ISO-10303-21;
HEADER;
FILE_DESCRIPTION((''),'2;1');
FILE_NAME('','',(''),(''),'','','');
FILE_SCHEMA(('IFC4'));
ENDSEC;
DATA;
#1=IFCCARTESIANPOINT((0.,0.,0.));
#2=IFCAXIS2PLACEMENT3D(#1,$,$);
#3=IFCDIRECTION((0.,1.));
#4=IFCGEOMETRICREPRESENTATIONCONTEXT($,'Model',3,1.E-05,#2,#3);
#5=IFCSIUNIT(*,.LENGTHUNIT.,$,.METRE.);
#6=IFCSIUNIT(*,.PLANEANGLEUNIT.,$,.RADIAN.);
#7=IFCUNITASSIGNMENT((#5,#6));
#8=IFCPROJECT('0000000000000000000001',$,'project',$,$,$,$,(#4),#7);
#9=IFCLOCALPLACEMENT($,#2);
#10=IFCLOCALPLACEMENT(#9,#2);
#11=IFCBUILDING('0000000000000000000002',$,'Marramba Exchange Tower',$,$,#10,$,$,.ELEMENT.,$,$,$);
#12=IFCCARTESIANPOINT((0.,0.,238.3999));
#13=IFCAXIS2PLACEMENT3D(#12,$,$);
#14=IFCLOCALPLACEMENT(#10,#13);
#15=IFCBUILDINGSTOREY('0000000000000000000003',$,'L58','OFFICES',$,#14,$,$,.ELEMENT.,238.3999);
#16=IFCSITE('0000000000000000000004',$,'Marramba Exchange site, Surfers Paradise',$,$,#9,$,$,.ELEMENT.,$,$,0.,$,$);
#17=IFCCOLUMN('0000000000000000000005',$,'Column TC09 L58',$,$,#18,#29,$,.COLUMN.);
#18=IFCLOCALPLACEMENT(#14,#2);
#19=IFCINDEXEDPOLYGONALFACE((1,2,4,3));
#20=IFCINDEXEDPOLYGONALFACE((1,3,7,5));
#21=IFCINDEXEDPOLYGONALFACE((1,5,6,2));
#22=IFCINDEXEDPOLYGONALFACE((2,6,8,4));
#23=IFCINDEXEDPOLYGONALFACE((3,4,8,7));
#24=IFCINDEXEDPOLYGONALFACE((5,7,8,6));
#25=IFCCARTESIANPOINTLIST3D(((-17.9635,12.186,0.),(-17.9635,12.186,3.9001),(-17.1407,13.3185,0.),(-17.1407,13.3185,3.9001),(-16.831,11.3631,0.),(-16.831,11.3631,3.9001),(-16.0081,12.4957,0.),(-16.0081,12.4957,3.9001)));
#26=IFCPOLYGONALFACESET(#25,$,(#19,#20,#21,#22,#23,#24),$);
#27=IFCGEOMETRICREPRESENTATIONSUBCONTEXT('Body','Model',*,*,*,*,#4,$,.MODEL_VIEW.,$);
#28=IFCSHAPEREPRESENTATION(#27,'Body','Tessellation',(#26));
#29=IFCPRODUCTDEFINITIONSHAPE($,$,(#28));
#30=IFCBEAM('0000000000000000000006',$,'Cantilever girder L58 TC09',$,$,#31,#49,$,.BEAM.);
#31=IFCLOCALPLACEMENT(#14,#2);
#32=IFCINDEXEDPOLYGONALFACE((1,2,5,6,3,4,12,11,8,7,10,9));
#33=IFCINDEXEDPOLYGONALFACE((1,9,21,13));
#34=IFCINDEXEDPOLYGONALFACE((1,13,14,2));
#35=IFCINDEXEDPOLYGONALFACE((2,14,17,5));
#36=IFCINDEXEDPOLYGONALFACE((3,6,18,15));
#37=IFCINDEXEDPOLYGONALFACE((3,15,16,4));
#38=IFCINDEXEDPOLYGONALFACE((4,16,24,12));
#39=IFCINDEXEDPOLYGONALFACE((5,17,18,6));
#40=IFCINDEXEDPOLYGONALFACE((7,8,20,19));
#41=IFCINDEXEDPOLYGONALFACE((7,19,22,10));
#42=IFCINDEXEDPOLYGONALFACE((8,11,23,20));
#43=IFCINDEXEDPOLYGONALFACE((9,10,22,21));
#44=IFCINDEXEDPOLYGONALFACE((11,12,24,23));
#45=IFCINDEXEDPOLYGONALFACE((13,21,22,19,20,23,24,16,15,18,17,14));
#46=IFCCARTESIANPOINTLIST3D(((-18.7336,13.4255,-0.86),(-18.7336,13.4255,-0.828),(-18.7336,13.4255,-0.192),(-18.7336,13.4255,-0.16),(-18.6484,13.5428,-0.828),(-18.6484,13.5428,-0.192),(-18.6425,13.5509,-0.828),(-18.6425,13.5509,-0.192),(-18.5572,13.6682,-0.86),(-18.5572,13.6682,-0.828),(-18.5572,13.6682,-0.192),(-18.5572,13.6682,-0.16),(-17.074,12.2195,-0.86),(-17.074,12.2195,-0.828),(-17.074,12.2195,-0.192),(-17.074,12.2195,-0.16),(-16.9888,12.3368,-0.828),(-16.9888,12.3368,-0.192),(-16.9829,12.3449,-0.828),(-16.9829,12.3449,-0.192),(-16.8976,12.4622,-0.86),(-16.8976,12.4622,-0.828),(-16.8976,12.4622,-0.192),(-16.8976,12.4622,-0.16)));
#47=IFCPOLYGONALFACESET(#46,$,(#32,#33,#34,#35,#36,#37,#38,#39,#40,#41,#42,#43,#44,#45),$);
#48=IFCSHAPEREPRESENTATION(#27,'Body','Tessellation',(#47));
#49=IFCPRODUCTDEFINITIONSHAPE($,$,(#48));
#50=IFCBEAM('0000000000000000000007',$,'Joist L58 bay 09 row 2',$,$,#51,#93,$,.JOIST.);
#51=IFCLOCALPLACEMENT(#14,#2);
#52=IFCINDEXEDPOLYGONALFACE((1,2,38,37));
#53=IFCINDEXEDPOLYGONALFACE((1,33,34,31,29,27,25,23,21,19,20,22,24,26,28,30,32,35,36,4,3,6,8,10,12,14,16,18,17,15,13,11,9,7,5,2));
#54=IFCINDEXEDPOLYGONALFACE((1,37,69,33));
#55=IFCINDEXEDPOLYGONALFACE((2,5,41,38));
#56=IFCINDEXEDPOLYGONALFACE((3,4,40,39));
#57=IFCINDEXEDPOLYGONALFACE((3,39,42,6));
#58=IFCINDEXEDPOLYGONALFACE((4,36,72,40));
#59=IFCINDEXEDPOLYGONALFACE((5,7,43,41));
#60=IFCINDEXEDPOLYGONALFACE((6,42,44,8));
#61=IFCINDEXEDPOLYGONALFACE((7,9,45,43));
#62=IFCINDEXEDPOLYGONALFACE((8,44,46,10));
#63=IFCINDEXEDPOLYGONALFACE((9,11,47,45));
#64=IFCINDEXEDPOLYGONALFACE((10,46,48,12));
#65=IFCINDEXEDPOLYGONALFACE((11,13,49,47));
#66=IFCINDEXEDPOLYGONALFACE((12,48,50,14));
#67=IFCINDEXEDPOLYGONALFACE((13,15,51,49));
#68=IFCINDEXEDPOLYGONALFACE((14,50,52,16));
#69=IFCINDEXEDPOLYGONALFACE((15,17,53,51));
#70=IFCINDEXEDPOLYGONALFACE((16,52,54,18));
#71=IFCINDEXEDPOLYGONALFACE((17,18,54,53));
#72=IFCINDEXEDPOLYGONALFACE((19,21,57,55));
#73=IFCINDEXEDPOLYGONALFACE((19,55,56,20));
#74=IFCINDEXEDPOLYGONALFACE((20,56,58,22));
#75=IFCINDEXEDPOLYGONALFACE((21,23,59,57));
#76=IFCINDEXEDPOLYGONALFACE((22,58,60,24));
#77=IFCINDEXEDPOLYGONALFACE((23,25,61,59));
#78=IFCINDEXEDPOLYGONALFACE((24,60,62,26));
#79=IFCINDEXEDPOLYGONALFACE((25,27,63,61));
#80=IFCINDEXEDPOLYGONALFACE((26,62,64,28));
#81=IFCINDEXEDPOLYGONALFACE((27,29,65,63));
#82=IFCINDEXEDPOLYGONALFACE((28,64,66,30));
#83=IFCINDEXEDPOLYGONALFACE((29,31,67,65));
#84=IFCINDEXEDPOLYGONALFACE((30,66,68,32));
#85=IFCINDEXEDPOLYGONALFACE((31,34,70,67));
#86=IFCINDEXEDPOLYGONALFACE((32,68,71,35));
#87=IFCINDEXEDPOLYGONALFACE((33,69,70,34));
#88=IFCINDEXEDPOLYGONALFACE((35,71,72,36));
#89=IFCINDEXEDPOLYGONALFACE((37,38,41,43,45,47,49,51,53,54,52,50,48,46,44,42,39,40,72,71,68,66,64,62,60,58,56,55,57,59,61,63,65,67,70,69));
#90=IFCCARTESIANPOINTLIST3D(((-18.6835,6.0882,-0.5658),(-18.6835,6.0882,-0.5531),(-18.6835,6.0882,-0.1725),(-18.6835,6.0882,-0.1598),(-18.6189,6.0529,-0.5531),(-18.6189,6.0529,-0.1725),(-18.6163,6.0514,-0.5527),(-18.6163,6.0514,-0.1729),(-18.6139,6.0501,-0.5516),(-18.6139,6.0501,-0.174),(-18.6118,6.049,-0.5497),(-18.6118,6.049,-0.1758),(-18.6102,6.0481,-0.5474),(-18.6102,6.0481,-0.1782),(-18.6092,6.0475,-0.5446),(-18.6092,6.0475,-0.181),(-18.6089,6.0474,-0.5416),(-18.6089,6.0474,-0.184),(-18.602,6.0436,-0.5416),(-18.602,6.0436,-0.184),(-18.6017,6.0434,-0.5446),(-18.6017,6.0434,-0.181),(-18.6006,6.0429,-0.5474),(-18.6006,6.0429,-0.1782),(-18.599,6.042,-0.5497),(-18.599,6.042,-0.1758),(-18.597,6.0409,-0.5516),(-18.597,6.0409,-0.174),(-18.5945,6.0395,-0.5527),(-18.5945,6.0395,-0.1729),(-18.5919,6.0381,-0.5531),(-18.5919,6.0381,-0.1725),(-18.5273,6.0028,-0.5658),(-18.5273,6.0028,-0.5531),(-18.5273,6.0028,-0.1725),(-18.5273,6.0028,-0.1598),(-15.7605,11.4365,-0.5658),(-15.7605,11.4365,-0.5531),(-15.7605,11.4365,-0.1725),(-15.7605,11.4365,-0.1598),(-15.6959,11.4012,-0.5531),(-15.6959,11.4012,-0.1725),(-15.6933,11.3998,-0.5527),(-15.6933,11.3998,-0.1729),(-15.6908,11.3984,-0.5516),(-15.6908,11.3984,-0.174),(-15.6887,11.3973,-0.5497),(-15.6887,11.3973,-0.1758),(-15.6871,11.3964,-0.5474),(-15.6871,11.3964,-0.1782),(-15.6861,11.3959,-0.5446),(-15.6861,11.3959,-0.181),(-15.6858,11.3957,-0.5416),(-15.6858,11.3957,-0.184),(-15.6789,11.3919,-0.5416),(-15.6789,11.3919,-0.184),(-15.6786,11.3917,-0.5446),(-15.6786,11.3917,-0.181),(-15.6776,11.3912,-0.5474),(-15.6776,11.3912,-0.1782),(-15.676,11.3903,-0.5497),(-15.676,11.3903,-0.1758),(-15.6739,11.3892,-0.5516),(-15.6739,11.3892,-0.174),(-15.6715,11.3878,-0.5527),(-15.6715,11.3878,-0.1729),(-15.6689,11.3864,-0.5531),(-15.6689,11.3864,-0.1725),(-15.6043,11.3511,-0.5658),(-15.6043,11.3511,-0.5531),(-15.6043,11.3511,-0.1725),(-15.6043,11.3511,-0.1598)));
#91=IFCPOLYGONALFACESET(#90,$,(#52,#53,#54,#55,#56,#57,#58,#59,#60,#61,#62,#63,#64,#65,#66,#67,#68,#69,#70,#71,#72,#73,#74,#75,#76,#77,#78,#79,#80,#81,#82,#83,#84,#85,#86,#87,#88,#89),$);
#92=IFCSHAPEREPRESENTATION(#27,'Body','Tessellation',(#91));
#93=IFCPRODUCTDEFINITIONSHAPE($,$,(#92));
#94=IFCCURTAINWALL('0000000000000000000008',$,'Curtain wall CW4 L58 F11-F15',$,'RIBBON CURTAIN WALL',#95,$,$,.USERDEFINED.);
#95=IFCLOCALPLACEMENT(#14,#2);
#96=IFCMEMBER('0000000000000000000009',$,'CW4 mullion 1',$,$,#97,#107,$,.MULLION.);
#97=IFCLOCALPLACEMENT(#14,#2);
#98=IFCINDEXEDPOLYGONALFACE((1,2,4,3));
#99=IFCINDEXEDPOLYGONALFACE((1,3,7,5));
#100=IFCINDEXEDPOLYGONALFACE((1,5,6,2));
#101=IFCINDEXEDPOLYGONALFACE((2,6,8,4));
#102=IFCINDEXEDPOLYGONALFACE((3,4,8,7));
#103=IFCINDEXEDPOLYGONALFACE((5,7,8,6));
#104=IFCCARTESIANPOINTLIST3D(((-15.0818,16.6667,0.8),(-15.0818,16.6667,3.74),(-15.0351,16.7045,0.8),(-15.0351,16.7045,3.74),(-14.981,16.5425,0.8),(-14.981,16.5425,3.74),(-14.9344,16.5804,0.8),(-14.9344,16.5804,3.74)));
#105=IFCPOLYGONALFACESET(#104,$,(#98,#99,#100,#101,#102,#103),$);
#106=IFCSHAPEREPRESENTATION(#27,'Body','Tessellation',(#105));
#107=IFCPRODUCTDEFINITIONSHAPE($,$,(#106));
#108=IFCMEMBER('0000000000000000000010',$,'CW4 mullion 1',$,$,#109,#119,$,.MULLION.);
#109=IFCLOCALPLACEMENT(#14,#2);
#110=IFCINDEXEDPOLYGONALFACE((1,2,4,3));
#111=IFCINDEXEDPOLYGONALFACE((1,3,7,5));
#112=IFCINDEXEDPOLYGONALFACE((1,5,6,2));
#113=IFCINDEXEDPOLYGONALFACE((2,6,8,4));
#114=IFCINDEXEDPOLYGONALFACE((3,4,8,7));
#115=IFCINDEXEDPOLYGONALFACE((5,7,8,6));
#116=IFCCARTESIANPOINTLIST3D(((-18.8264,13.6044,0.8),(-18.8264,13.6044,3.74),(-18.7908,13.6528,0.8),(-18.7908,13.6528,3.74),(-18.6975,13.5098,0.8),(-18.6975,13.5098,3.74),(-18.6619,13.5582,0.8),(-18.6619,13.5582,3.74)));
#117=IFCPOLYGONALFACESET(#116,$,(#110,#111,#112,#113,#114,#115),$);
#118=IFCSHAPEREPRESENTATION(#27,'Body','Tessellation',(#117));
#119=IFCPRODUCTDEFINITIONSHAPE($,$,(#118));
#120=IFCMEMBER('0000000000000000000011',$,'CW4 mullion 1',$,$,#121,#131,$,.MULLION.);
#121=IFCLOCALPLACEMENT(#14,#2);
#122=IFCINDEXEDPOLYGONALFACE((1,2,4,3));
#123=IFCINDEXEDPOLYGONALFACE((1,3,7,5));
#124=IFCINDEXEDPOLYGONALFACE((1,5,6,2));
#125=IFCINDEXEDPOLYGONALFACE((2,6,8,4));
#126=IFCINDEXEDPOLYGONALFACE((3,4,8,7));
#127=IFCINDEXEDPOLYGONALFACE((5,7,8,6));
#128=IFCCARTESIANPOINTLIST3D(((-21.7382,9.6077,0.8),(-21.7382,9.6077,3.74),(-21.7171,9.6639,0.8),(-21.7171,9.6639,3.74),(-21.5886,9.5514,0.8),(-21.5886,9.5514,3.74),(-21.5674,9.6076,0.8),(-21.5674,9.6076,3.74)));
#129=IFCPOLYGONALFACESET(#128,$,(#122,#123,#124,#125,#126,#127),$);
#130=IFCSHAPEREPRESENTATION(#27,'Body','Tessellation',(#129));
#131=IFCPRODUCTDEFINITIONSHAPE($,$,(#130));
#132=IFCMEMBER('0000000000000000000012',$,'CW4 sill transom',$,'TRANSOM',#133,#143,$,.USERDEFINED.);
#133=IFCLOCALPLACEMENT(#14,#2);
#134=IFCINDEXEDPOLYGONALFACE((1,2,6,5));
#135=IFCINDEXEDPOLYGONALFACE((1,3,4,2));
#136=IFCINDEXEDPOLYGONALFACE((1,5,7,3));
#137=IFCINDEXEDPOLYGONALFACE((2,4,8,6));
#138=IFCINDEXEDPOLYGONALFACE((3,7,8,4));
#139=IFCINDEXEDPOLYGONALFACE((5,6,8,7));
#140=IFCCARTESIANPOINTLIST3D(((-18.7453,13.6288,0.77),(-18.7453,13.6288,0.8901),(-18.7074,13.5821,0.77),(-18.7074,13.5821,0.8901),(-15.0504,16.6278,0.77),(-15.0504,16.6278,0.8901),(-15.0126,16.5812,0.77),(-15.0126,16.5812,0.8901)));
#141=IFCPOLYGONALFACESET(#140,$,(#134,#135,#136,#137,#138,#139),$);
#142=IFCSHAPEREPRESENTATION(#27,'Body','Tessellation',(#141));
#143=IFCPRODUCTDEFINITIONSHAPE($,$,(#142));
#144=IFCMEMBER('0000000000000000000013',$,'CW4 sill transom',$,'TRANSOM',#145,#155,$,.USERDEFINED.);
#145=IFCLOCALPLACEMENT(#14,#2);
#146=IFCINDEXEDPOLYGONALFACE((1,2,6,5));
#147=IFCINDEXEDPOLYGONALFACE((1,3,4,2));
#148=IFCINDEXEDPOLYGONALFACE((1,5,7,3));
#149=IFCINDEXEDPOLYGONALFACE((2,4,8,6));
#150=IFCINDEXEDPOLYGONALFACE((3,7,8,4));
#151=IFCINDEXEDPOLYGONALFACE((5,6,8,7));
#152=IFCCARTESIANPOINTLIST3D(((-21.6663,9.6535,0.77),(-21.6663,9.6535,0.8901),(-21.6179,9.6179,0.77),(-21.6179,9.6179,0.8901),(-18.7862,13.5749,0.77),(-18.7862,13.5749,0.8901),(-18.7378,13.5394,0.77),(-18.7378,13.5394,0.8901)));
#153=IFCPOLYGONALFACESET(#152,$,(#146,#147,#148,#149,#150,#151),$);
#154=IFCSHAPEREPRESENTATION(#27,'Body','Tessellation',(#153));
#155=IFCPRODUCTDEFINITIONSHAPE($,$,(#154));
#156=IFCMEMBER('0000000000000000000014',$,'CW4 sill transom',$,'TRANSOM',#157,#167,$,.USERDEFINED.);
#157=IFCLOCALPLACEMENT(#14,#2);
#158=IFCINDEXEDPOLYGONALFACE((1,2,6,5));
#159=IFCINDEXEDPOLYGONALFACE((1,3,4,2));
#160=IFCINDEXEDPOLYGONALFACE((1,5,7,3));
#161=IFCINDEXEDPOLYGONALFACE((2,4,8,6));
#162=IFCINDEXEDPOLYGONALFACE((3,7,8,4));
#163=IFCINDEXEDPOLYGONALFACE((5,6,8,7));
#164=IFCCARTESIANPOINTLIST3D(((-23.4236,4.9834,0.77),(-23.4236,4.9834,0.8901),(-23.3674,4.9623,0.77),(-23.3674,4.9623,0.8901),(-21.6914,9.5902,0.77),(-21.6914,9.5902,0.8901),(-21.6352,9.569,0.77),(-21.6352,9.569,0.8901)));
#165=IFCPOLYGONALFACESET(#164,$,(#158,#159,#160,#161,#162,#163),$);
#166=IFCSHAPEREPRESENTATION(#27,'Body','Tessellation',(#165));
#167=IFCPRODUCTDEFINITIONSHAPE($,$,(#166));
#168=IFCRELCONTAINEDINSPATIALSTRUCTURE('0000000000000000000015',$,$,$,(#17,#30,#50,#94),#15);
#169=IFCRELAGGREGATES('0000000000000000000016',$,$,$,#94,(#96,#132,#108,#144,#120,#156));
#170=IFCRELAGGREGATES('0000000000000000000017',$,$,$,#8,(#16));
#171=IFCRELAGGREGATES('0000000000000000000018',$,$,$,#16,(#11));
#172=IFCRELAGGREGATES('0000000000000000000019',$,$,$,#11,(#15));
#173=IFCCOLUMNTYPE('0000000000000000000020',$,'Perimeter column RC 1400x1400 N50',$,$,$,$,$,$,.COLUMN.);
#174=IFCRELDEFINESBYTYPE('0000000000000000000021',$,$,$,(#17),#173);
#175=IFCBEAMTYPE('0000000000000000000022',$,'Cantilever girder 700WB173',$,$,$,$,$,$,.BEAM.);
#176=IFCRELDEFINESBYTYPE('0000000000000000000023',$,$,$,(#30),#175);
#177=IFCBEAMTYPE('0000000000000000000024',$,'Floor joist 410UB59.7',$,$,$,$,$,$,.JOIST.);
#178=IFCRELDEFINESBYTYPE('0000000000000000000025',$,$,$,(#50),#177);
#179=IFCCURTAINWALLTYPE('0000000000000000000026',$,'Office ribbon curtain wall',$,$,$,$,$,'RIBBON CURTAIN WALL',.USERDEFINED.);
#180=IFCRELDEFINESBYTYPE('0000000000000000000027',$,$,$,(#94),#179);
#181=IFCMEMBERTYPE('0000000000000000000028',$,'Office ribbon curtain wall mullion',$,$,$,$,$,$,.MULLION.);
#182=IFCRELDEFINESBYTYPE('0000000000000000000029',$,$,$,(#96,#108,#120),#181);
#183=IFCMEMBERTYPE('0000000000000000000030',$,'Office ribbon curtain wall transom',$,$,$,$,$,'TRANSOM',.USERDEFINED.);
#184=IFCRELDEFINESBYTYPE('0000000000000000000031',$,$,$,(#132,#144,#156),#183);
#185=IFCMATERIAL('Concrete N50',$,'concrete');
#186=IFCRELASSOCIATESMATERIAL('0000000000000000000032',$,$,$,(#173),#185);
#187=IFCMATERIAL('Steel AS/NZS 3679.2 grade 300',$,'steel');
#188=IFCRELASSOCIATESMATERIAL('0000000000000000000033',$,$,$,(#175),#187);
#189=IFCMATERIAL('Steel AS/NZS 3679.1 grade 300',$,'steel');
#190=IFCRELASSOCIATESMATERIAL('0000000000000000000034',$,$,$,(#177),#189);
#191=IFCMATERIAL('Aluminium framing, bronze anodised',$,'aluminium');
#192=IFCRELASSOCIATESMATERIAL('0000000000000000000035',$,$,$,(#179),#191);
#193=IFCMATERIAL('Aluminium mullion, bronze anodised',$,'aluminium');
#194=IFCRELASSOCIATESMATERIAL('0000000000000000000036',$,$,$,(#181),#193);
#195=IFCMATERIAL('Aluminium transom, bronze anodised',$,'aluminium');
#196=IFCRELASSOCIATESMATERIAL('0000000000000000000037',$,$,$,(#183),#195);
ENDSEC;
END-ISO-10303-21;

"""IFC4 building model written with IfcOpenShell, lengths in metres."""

from ifc_helpers import new_model, si_unit, direction, frame, origin, origin_2d, place, context, subcontext, project, spatial, rectangle, i_section, extrude, material, material_profile, profile_set, type_object, element, aggregate, save


model = new_model("IFC4")

# Units and contexts
model_context = context("Model", 3, precision=1e-05, world=origin(), true_north=direction((0.0, 1.0)))
body_context = subcontext(model_context, "Body", "Model", "MODEL_VIEW")
ifc_project = project(units=[si_unit("LENGTHUNIT", "METRE"), si_unit("PLANEANGLEUNIT", "RADIAN")], contexts=[model_context])

# Site, building, storey
site_placement = place(None, origin())
site = spatial("IfcSite", under=ifc_project, at=site_placement, Name="Marramba Exchange site, Surfers Paradise", CompositionType="ELEMENT", RefElevation=0.0)
building_placement = place(site_placement, origin())
building = spatial("IfcBuilding", under=site, at=building_placement, Name="Marramba Exchange Tower", CompositionType="ELEMENT")
storey_placement = place(building_placement, frame((0.0, 0.0, 238.3999)))
storey = spatial("IfcBuildingStorey", under=building, at=storey_placement, Name="L58", Description="OFFICES", CompositionType="ELEMENT", Elevation=238.3999)

# Column
ifc_material_1 = material(Name="Concrete N50", Category="concrete")
ifc_material_profile_1 = material_profile(ifc_material_1, rectangle(XDim=1.3999, YDim=1.3999, at=origin_2d()), Name="RC 1400x1400")
ifc_profile_set_1 = profile_set([ifc_material_profile_1], Name="Concrete N50")
column_type = type_object("IfcColumnType", Name="Perimeter column RC 1400x1400 N50", PredefinedType="COLUMN", material=ifc_profile_set_1)
column_placement = place(storey_placement, frame((-16.9858, 12.3408, 0.0), z_axis=(0.0, 0.0, 1.0), x_axis=(-0.809017, 0.587785, 0.0)))
element("IfcColumn", 1, at=column_placement, inside=storey, type_object=column_type, Name="Column TC09 L58", PredefinedType="COLUMN", context=body_context, shape_type="SweptSolid", body=[
    extrude(rectangle(XDim=1.3999, YDim=1.3999, at=origin_2d()), origin(), (0.0, 0.0, 1.0), 3.9001),
])

# Beams
ifc_material_2 = material(Name="Steel AS/NZS 3679.2 grade 300", Category="steel")
ifc_material_profile_2 = material_profile(ifc_material_2, i_section(OverallWidth=0.3, OverallDepth=0.7, WebThickness=0.01, FlangeThickness=0.032, at=origin_2d()), Name="700WB173")
ifc_profile_set_2 = profile_set([ifc_material_profile_2], Name="Steel AS/NZS 3679.2 grade 300")
beam_type_1 = type_object("IfcBeamType", Name="Cantilever girder 700WB173", PredefinedType="BEAM", material=ifc_profile_set_2)
beam_1_placement = place(storey_placement, frame((-16.9858, 12.3408, -0.51), z_axis=(-0.808962, 0.58786, 0.0), x_axis=(-0.58786, -0.808962, 0.0)))
element("IfcBeam", 2, at=beam_1_placement, inside=storey, type_object=beam_type_1, Name="Cantilever girder L58 TC09", PredefinedType="BEAM", context=body_context, shape_type="SweptSolid", body=[
    extrude(i_section(OverallWidth=0.3, OverallDepth=0.7, WebThickness=0.01, FlangeThickness=0.032, at=origin_2d()), origin(), (0.0, 0.0, 1.0), 2.0515),
])
ifc_material_3 = material(Name="Steel AS/NZS 3679.1 grade 300", Category="steel")
ifc_material_profile_3 = material_profile(ifc_material_3, i_section(OverallWidth=0.178, OverallDepth=0.406, WebThickness=0.0078, FlangeThickness=0.0127, FilletRadius=0.0115, at=origin_2d()), Name="410UB59.7")
ifc_profile_set_3 = profile_set([ifc_material_profile_3], Name="Steel AS/NZS 3679.1 grade 300")
beam_type_2 = type_object("IfcBeamType", Name="Floor joist 410UB59.7", PredefinedType="JOIST", material=ifc_profile_set_3)
beam_2_placement = place(storey_placement, frame((-15.6824, 11.3938, -0.3628), z_axis=(-0.479584, -0.877496, 0.0), x_axis=(0.877496, -0.479584, 0.0)))
element("IfcBeam", 3, at=beam_2_placement, inside=storey, type_object=beam_type_2, Name="Joist L58 bay 09 row 2", PredefinedType="JOIST", context=body_context, shape_type="SweptSolid", body=[
    extrude(i_section(OverallWidth=0.178, OverallDepth=0.406, WebThickness=0.0078, FlangeThickness=0.0127, FilletRadius=0.0115, at=origin_2d()), origin(), (0.0, 0.0, 1.0), 6.095),
])

# Curtain wall, members
ifc_material_4 = material(Name="Aluminium framing, bronze anodised", Category="aluminium")
curtain_wall_type = type_object("IfcCurtainWallType", Name="Office ribbon curtain wall", ElementType="RIBBON CURTAIN WALL", PredefinedType="USERDEFINED", material=ifc_material_4)
curtain_wall_placement = place(storey_placement, origin())
curtain_wall = element("IfcCurtainWall", 4, at=curtain_wall_placement, inside=storey, type_object=curtain_wall_type, Name="Curtain wall CW4 L58 F11-F15", ObjectType="RIBBON CURTAIN WALL", PredefinedType="USERDEFINED")
ifc_material_5 = material(Name="Aluminium mullion, bronze anodised", Category="aluminium")
ifc_material_profile_4 = material_profile(ifc_material_5, rectangle(XDim=0.1599, YDim=0.0601, at=origin_2d()), Name="CW4 mullion 60x160")
ifc_profile_set_4 = profile_set([ifc_material_profile_4], Name="Aluminium mullion, bronze anodised")
member_type_1 = type_object("IfcMemberType", Name="Office ribbon curtain wall mullion", PredefinedType="MULLION", material=ifc_profile_set_4)
member_1_placement = place(storey_placement, frame((-15.0081, 16.6235, 0.8), z_axis=(0.0, 0.0, 1.0), x_axis=(0.630201, -0.776432, 0.0)))
member_1 = element("IfcMember", 5, at=member_1_placement, type_object=member_type_1, Name="CW4 mullion 1", PredefinedType="MULLION", context=body_context, shape_type="SweptSolid", body=[
    extrude(rectangle(XDim=0.1599, YDim=0.0601, at=origin_2d()), origin(), (0.0, 0.0, 1.0), 2.9399),
])
member_2_placement = place(storey_placement, frame((-18.7441, 13.5813, 0.8), z_axis=(0.0, 0.0, 1.0), x_axis=(0.805965, -0.591963, 0.0)))
member_2 = element("IfcMember", 6, at=member_2_placement, type_object=member_type_1, Name="CW4 mullion 1", PredefinedType="MULLION", context=body_context, shape_type="SweptSolid", body=[
    extrude(rectangle(XDim=0.1599, YDim=0.0601, at=origin_2d()), origin(), (0.0, 0.0, 1.0), 2.9399),
])
member_3_placement = place(storey_placement, frame((-21.6528, 9.6077, 0.8), z_axis=(0.0, 0.0, 1.0), x_axis=(0.936018, -0.351952, 0.0)))
member_3 = element("IfcMember", 7, at=member_3_placement, type_object=member_type_1, Name="CW4 mullion 1", PredefinedType="MULLION", context=body_context, shape_type="SweptSolid", body=[
    extrude(rectangle(XDim=0.1599, YDim=0.0601, at=origin_2d()), origin(), (0.0, 0.0, 1.0), 2.9399),
])
ifc_material_6 = material(Name="Aluminium transom, bronze anodised", Category="aluminium")
ifc_material_profile_5 = material_profile(ifc_material_6, rectangle(XDim=0.0601, YDim=0.1201, at=origin_2d()), Name="CW4 transom 60x120")
ifc_profile_set_5 = profile_set([ifc_material_profile_5], Name="Aluminium transom, bronze anodised")
member_type_2 = type_object("IfcMemberType", Name="Office ribbon curtain wall transom", ElementType="TRANSOM", PredefinedType="USERDEFINED", material=ifc_profile_set_5)
member_4_placement = place(storey_placement, frame((-15.0315, 16.6045, 0.8301), z_axis=(-0.776425, -0.63021, 0.0), x_axis=(0.63021, -0.776425, 0.0)))
member_4 = element("IfcMember", 8, at=member_4_placement, type_object=member_type_2, Name="CW4 sill transom", ObjectType="TRANSOM", PredefinedType="USERDEFINED", context=body_context, shape_type="SweptSolid", body=[
    extrude(rectangle(XDim=0.0601, YDim=0.1201, at=origin_2d()), origin(), (0.0, 0.0, 1.0), 4.7588),
])
member_5_placement = place(storey_placement, frame((-18.762, 13.5571, 0.8301), z_axis=(-0.591957, -0.805969, 0.0), x_axis=(0.805969, -0.591957, 0.0)))
member_5 = element("IfcMember", 9, at=member_5_placement, type_object=member_type_2, Name="CW4 sill transom", ObjectType="TRANSOM", PredefinedType="USERDEFINED", context=body_context, shape_type="SweptSolid", body=[
    extrude(rectangle(XDim=0.0601, YDim=0.1201, at=origin_2d()), origin(), (0.0, 0.0, 1.0), 4.8655),
])
member_6_placement = place(storey_placement, frame((-21.6633, 9.5796, 0.8301), z_axis=(-0.351955, -0.936017, 0.0), x_axis=(0.936017, -0.351955, 0.0)))
member_6 = element("IfcMember", 10, at=member_6_placement, type_object=member_type_2, Name="CW4 sill transom", ObjectType="TRANSOM", PredefinedType="USERDEFINED", context=body_context, shape_type="SweptSolid", body=[
    extrude(rectangle(XDim=0.0601, YDim=0.1201, at=origin_2d()), origin(), (0.0, 0.0, 1.0), 4.9216),
])

aggregate(curtain_wall, [member_1, member_4, member_2, member_5, member_3, member_6])

save(model, "model.ifc")
